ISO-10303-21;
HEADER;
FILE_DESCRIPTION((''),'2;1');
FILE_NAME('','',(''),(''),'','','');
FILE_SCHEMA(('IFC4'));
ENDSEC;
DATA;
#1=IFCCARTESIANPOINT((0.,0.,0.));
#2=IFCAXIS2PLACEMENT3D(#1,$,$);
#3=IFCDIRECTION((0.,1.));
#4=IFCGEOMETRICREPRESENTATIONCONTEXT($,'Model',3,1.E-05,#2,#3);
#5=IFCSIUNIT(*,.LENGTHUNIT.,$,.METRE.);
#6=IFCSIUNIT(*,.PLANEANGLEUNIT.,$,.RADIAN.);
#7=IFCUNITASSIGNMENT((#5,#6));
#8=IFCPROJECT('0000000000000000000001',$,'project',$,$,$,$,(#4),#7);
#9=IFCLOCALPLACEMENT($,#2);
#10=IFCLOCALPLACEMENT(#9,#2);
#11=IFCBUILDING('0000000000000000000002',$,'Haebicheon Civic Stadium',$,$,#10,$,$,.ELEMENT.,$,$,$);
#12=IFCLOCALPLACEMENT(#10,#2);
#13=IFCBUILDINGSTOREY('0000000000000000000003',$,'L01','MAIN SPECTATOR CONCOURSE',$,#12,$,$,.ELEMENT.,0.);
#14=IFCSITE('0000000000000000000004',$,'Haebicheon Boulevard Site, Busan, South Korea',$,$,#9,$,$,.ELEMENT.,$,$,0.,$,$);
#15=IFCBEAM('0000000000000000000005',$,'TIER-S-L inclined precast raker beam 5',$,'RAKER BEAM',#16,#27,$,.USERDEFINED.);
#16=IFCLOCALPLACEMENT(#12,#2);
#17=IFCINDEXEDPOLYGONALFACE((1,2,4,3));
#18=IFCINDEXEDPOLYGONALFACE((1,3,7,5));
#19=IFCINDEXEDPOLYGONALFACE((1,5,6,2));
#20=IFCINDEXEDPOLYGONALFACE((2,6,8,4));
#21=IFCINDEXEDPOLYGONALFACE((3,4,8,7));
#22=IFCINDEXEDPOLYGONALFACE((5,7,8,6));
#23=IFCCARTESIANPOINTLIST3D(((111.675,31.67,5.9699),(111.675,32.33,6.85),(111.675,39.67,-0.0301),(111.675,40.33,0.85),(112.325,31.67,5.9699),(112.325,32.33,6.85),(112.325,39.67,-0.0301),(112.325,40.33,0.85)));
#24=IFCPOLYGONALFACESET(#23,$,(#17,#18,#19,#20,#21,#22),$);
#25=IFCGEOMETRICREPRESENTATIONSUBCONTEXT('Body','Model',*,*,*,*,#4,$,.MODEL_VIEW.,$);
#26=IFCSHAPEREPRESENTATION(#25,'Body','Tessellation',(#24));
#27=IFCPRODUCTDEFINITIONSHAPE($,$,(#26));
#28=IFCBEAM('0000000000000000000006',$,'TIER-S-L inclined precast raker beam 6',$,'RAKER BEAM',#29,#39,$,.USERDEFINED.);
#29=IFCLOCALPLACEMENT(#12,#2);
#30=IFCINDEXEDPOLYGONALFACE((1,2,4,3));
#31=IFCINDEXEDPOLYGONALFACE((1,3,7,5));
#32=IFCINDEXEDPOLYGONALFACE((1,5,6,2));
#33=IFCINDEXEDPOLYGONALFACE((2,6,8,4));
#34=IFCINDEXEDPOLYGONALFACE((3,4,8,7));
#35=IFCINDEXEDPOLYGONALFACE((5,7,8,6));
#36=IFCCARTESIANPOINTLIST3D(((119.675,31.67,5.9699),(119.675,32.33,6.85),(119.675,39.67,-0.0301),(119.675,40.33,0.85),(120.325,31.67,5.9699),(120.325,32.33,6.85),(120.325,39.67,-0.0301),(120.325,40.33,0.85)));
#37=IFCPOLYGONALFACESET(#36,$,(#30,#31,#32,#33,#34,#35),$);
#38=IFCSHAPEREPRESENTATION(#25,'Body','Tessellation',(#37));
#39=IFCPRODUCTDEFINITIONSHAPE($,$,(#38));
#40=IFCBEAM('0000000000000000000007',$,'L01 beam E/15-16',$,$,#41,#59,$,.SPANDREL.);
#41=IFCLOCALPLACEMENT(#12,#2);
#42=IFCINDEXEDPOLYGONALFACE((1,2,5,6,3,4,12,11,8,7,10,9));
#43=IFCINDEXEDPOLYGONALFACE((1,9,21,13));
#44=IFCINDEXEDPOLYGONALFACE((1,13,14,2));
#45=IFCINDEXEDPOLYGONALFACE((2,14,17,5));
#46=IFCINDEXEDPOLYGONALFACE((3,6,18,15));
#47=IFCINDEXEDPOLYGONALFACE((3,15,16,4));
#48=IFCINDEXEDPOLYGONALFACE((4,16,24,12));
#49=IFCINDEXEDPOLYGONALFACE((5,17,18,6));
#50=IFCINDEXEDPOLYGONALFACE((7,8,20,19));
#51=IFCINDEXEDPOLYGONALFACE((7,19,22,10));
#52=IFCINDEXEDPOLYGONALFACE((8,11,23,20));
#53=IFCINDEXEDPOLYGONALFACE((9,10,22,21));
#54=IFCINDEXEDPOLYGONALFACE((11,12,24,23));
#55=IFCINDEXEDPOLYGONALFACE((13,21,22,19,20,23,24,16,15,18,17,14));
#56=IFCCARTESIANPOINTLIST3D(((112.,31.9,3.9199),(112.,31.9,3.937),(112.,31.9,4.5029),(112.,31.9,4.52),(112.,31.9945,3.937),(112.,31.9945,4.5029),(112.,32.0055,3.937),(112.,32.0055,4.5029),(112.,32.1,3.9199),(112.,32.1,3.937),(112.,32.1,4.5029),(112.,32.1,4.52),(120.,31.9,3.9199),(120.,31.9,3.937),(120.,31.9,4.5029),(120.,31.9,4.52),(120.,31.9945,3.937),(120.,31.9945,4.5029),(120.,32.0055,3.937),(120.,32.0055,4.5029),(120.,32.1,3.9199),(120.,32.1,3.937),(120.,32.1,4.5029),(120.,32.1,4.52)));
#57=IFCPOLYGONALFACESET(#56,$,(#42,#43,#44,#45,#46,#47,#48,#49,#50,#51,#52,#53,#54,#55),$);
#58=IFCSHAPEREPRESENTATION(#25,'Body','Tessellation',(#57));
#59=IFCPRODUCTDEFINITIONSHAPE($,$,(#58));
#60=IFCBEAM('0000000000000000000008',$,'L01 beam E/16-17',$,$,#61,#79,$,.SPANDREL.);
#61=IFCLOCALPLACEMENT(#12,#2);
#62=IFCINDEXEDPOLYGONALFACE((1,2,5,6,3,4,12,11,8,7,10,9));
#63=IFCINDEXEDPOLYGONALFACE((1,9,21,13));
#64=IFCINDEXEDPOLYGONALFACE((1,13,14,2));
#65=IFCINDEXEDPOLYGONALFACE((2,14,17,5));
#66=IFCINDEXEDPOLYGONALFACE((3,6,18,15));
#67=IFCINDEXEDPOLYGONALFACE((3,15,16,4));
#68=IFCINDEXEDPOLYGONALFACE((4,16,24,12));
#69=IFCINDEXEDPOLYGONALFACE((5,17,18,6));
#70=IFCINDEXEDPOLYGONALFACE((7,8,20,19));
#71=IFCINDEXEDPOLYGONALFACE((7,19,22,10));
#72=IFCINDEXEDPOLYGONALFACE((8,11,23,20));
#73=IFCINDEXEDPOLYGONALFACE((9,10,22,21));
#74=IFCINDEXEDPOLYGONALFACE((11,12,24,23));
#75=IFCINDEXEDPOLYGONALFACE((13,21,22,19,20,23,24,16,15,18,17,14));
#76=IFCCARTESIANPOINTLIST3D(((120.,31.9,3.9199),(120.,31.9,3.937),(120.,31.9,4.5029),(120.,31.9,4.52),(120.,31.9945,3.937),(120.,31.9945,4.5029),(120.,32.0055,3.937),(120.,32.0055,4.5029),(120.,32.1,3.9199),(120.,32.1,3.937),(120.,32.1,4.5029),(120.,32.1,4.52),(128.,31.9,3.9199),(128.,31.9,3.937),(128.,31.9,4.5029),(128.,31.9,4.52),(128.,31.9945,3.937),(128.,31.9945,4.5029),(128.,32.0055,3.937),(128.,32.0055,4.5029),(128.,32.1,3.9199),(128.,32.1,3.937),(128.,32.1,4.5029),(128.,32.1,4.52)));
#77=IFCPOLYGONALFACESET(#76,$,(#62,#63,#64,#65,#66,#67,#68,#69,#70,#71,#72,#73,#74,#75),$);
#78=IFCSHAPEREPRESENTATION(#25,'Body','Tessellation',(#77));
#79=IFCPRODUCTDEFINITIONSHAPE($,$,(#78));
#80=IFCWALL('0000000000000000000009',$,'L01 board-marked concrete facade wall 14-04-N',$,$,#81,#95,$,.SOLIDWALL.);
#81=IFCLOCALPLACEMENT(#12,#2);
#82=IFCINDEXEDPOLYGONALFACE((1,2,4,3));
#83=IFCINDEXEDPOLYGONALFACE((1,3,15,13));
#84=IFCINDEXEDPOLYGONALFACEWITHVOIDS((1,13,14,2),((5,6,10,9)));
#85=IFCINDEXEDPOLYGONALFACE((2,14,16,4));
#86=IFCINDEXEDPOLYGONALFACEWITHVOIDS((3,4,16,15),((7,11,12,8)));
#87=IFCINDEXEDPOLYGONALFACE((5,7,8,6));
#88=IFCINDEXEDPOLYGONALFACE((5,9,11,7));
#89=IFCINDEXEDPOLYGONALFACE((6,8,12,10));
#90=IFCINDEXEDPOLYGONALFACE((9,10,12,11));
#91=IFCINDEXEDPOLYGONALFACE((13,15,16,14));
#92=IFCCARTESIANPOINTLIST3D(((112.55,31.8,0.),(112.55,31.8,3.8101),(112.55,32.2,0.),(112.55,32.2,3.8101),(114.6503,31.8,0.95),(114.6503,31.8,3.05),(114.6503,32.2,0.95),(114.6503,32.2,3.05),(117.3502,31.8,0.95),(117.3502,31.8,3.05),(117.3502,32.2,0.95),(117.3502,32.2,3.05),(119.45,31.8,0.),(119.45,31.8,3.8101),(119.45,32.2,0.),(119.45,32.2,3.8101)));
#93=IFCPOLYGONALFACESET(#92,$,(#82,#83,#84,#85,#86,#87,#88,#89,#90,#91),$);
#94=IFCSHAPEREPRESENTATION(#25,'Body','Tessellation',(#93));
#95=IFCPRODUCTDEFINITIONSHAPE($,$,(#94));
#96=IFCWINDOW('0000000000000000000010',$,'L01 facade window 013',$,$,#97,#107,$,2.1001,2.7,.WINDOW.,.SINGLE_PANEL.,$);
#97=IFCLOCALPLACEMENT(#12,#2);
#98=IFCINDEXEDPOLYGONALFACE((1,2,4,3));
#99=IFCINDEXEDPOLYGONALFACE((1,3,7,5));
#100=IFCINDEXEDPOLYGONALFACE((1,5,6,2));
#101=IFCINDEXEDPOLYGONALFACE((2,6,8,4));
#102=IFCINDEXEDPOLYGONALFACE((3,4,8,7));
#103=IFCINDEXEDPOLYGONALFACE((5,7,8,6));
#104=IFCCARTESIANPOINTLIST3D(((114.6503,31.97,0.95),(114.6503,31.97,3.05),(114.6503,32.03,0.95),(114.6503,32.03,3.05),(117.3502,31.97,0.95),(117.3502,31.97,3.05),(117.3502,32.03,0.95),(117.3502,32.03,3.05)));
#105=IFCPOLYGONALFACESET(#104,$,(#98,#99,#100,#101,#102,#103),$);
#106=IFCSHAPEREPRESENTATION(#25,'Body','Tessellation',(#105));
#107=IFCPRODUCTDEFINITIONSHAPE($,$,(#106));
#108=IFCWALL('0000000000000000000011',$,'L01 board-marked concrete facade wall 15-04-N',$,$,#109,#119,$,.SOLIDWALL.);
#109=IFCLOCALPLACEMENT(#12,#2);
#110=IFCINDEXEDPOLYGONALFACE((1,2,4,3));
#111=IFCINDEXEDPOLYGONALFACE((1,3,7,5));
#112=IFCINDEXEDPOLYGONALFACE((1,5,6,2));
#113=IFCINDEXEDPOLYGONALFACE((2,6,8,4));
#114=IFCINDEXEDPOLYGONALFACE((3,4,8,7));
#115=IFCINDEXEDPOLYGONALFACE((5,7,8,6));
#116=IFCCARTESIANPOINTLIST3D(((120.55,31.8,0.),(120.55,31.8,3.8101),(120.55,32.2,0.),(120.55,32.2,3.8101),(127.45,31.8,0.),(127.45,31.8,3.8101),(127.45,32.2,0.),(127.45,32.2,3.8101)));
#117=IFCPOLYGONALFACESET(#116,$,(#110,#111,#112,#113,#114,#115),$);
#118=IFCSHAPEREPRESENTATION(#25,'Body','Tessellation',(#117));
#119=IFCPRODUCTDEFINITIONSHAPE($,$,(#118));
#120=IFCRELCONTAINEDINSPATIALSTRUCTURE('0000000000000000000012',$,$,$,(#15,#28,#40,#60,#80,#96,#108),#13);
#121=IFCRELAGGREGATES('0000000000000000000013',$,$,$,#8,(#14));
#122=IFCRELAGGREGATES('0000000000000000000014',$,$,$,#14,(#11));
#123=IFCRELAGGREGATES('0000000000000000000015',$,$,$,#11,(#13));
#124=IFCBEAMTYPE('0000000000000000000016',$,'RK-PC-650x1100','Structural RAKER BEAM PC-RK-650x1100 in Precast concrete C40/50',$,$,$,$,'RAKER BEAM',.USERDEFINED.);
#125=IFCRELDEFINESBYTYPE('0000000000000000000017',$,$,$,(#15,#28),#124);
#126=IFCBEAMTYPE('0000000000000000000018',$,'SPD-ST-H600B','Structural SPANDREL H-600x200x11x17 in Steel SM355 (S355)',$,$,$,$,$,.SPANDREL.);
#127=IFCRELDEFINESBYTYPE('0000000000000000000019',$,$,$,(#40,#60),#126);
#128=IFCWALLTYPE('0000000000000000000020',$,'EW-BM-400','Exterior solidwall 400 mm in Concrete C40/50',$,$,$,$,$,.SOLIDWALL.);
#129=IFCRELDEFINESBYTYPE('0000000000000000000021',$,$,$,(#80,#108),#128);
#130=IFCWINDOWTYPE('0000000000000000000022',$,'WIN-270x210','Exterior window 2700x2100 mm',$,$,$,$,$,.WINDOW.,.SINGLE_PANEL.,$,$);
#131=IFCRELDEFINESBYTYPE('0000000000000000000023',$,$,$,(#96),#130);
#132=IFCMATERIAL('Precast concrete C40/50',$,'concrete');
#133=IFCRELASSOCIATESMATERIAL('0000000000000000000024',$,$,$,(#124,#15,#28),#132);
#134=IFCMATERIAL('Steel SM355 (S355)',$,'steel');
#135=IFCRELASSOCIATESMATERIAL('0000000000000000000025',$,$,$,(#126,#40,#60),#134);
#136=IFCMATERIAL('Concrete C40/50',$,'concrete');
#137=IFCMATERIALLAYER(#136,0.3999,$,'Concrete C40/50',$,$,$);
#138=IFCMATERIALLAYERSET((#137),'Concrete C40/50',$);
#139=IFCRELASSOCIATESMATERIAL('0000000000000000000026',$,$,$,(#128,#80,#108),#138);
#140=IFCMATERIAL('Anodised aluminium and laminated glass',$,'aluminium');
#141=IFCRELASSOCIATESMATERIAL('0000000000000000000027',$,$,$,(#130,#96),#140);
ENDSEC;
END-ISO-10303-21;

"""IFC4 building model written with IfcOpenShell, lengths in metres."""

from ifc_helpers import new_model, si_unit, direction, frame, frame_2d, origin, origin_2d, place, context, subcontext, project, spatial, rectangle, i_section, extrude, material, layer, layer_set, material_profile, profile_set, type_object, element, fill, save


model = new_model("IFC4")

# Units and contexts
model_context = context("Model", 3, precision=1e-05, world=origin(), true_north=direction((0.0, 1.0)))
body_context = subcontext(model_context, "Body", "Model", "MODEL_VIEW")
ifc_project = project(units=[si_unit("LENGTHUNIT", "METRE"), si_unit("PLANEANGLEUNIT", "RADIAN")], contexts=[model_context])

# Site, building, storey
site_placement = place(None, origin())
site = spatial("IfcSite", under=ifc_project, at=site_placement, Name="Haebicheon Boulevard Site, Busan, South Korea", CompositionType="ELEMENT", RefElevation=0.0)
building_placement = place(site_placement, origin())
building = spatial("IfcBuilding", under=site, at=building_placement, Name="Haebicheon Civic Stadium", CompositionType="ELEMENT")
storey_placement = place(building_placement, origin())
storey = spatial("IfcBuildingStorey", under=building, at=storey_placement, Name="L01", Description="MAIN SPECTATOR CONCOURSE", CompositionType="ELEMENT", Elevation=0.0)

# Beams
ifc_material_1 = material(Name="Precast concrete C40/50", Category="concrete")
ifc_material_profile_1 = material_profile(ifc_material_1, rectangle(XDim=0.6499, YDim=1.1001, at=origin_2d()), Name="PC-RK-650x1100")
ifc_profile_set_1 = profile_set([ifc_material_profile_1], Name="Precast concrete C40/50")
beam_type_1 = type_object("IfcBeamType", Name="RK-PC-650x1100", Description="Structural RAKER BEAM PC-RK-650x1100 in Precast concrete C40/50", ElementType="RAKER BEAM", PredefinedType="USERDEFINED", material=ifc_profile_set_1)
for number, where, z_axis, x_axis, name in (
    (1, (112.0, 40.0, 0.4099), (0.0, -0.8, 0.6), (1.0, 0.0, 0.0), "TIER-S-L inclined precast raker beam 5"),
    (2, (120.0, 40.0, 0.4099), (0.0, -0.8, 0.6), (1.0, 0.0, 0.0), "TIER-S-L inclined precast raker beam 6"),
):
    element("IfcBeam", number, at=place(storey_placement, frame(where, z_axis=z_axis, x_axis=x_axis)), inside=storey, type_object=beam_type_1, material=ifc_profile_set_1, Name=name, ObjectType="RAKER BEAM", PredefinedType="USERDEFINED", context=body_context, shape_type="SweptSolid", body=[
        extrude(rectangle(XDim=0.6499, YDim=1.1001, at=origin_2d()), origin(), (0.0, 0.0, 1.0), 10.0),
    ])
ifc_material_2 = material(Name="Steel SM355 (S355)", Category="steel")
ifc_material_profile_2 = material_profile(ifc_material_2, i_section(OverallWidth=0.2, OverallDepth=0.6001, WebThickness=0.011, FlangeThickness=0.0171, at=origin_2d()), Name="H-600x200x11x17")
ifc_profile_set_2 = profile_set([ifc_material_profile_2], Name="Steel SM355 (S355)")
beam_type_2 = type_object("IfcBeamType", Name="SPD-ST-H600B", Description="Structural SPANDREL H-600x200x11x17 in Steel SM355 (S355)", PredefinedType="SPANDREL", material=ifc_profile_set_2)
for number, where, z_axis, x_axis, name in (
    (3, (112.0, 32.0, 4.22), (1.0, 0.0, 0.0), (0.0, 1.0, 0.0), "L01 beam E/15-16"),
    (4, (120.0, 32.0, 4.22), (1.0, 0.0, 0.0), (0.0, 1.0, 0.0), "L01 beam E/16-17"),
):
    element("IfcBeam", number, at=place(storey_placement, frame(where, z_axis=z_axis, x_axis=x_axis)), inside=storey, type_object=beam_type_2, material=ifc_profile_set_2, Name=name, PredefinedType="SPANDREL", context=body_context, shape_type="SweptSolid", body=[
        extrude(i_section(OverallWidth=0.2, OverallDepth=0.6001, WebThickness=0.011, FlangeThickness=0.0171, at=origin_2d()), origin(), (0.0, 0.0, 1.0), 8.0),
    ])

# Wall, opening, window
ifc_material_3 = material(Name="Concrete C40/50", Category="concrete")
ifc_layer = layer(ifc_material_3, 0.3999, Name="Concrete C40/50")
ifc_layer_set = layer_set([ifc_layer], Name="Concrete C40/50")
wall_type = type_object("IfcWallType", Name="EW-BM-400", Description="Exterior solidwall 400 mm in Concrete C40/50", PredefinedType="SOLIDWALL", material=ifc_layer_set)
wall_1_placement = place(storey_placement, frame((112.55, 32.0, 0.0), z_axis=(0.0, 0.0, 1.0), x_axis=(1.0, 0.0, 0.0)))
wall_1 = element("IfcWall", 5, at=wall_1_placement, inside=storey, type_object=wall_type, material=ifc_layer_set, Name="L01 board-marked concrete facade wall 14-04-N", PredefinedType="SOLIDWALL", context=body_context, shape_type="SweptSolid", body=[
    extrude(rectangle(XDim=6.8999, YDim=0.3999, at=frame_2d((3.45, 0.0))), origin(), (0.0, 0.0, 1.0), 3.8101),
])
opening_placement = place(wall_1_placement, frame((2.1001, 0.0, 0.95)))
opening = element("IfcOpeningElement", 6, at=opening_placement, cuts=wall_1, PredefinedType="OPENING", context=body_context, shape_type="SweptSolid", body=[
    extrude(rectangle(XDim=2.7, YDim=2.1001, at=frame_2d((1.3501, 1.05))), frame((0.0, 0.21, 0.0), z_axis=(0.0, -1.0, 0.0), x_axis=(1.0, 0.0, 0.0)), (0.0, 0.0, 1.0), 0.4199),
])
ifc_material_4 = material(Name="Anodised aluminium and laminated glass", Category="aluminium")
window_type = type_object("IfcWindowType", Name="WIN-270x210", Description="Exterior window 2700x2100 mm", PartitioningType="SINGLE_PANEL", PredefinedType="WINDOW", material=ifc_material_4)
window_placement = place(opening_placement, origin())
window = element("IfcWindow", 7, at=window_placement, inside=storey, type_object=window_type, material=ifc_material_4, Name="L01 facade window 013", OverallHeight=2.1001, OverallWidth=2.7, PartitioningType="SINGLE_PANEL", PredefinedType="WINDOW", context=body_context, shape_type="SweptSolid", body=[
    extrude(rectangle(XDim=2.7, YDim=2.1001, at=frame_2d((1.3501, 1.05))), frame((0.0, 0.03, 0.0), z_axis=(0.0, -1.0, 0.0), x_axis=(1.0, 0.0, 0.0)), (0.0, 0.0, 1.0), 0.0601),
])
fill(opening, window)

# Wall
wall_2_placement = place(storey_placement, frame((120.55, 32.0, 0.0), z_axis=(0.0, 0.0, 1.0), x_axis=(1.0, 0.0, 0.0)))
element("IfcWall", 8, at=wall_2_placement, inside=storey, type_object=wall_type, material=ifc_layer_set, Name="L01 board-marked concrete facade wall 15-04-N", PredefinedType="SOLIDWALL", context=body_context, shape_type="SweptSolid", body=[
    extrude(rectangle(XDim=6.8999, YDim=0.3999, at=frame_2d((3.45, 0.0))), origin(), (0.0, 0.0, 1.0), 3.8101),
])

save(model, "model.ifc")
